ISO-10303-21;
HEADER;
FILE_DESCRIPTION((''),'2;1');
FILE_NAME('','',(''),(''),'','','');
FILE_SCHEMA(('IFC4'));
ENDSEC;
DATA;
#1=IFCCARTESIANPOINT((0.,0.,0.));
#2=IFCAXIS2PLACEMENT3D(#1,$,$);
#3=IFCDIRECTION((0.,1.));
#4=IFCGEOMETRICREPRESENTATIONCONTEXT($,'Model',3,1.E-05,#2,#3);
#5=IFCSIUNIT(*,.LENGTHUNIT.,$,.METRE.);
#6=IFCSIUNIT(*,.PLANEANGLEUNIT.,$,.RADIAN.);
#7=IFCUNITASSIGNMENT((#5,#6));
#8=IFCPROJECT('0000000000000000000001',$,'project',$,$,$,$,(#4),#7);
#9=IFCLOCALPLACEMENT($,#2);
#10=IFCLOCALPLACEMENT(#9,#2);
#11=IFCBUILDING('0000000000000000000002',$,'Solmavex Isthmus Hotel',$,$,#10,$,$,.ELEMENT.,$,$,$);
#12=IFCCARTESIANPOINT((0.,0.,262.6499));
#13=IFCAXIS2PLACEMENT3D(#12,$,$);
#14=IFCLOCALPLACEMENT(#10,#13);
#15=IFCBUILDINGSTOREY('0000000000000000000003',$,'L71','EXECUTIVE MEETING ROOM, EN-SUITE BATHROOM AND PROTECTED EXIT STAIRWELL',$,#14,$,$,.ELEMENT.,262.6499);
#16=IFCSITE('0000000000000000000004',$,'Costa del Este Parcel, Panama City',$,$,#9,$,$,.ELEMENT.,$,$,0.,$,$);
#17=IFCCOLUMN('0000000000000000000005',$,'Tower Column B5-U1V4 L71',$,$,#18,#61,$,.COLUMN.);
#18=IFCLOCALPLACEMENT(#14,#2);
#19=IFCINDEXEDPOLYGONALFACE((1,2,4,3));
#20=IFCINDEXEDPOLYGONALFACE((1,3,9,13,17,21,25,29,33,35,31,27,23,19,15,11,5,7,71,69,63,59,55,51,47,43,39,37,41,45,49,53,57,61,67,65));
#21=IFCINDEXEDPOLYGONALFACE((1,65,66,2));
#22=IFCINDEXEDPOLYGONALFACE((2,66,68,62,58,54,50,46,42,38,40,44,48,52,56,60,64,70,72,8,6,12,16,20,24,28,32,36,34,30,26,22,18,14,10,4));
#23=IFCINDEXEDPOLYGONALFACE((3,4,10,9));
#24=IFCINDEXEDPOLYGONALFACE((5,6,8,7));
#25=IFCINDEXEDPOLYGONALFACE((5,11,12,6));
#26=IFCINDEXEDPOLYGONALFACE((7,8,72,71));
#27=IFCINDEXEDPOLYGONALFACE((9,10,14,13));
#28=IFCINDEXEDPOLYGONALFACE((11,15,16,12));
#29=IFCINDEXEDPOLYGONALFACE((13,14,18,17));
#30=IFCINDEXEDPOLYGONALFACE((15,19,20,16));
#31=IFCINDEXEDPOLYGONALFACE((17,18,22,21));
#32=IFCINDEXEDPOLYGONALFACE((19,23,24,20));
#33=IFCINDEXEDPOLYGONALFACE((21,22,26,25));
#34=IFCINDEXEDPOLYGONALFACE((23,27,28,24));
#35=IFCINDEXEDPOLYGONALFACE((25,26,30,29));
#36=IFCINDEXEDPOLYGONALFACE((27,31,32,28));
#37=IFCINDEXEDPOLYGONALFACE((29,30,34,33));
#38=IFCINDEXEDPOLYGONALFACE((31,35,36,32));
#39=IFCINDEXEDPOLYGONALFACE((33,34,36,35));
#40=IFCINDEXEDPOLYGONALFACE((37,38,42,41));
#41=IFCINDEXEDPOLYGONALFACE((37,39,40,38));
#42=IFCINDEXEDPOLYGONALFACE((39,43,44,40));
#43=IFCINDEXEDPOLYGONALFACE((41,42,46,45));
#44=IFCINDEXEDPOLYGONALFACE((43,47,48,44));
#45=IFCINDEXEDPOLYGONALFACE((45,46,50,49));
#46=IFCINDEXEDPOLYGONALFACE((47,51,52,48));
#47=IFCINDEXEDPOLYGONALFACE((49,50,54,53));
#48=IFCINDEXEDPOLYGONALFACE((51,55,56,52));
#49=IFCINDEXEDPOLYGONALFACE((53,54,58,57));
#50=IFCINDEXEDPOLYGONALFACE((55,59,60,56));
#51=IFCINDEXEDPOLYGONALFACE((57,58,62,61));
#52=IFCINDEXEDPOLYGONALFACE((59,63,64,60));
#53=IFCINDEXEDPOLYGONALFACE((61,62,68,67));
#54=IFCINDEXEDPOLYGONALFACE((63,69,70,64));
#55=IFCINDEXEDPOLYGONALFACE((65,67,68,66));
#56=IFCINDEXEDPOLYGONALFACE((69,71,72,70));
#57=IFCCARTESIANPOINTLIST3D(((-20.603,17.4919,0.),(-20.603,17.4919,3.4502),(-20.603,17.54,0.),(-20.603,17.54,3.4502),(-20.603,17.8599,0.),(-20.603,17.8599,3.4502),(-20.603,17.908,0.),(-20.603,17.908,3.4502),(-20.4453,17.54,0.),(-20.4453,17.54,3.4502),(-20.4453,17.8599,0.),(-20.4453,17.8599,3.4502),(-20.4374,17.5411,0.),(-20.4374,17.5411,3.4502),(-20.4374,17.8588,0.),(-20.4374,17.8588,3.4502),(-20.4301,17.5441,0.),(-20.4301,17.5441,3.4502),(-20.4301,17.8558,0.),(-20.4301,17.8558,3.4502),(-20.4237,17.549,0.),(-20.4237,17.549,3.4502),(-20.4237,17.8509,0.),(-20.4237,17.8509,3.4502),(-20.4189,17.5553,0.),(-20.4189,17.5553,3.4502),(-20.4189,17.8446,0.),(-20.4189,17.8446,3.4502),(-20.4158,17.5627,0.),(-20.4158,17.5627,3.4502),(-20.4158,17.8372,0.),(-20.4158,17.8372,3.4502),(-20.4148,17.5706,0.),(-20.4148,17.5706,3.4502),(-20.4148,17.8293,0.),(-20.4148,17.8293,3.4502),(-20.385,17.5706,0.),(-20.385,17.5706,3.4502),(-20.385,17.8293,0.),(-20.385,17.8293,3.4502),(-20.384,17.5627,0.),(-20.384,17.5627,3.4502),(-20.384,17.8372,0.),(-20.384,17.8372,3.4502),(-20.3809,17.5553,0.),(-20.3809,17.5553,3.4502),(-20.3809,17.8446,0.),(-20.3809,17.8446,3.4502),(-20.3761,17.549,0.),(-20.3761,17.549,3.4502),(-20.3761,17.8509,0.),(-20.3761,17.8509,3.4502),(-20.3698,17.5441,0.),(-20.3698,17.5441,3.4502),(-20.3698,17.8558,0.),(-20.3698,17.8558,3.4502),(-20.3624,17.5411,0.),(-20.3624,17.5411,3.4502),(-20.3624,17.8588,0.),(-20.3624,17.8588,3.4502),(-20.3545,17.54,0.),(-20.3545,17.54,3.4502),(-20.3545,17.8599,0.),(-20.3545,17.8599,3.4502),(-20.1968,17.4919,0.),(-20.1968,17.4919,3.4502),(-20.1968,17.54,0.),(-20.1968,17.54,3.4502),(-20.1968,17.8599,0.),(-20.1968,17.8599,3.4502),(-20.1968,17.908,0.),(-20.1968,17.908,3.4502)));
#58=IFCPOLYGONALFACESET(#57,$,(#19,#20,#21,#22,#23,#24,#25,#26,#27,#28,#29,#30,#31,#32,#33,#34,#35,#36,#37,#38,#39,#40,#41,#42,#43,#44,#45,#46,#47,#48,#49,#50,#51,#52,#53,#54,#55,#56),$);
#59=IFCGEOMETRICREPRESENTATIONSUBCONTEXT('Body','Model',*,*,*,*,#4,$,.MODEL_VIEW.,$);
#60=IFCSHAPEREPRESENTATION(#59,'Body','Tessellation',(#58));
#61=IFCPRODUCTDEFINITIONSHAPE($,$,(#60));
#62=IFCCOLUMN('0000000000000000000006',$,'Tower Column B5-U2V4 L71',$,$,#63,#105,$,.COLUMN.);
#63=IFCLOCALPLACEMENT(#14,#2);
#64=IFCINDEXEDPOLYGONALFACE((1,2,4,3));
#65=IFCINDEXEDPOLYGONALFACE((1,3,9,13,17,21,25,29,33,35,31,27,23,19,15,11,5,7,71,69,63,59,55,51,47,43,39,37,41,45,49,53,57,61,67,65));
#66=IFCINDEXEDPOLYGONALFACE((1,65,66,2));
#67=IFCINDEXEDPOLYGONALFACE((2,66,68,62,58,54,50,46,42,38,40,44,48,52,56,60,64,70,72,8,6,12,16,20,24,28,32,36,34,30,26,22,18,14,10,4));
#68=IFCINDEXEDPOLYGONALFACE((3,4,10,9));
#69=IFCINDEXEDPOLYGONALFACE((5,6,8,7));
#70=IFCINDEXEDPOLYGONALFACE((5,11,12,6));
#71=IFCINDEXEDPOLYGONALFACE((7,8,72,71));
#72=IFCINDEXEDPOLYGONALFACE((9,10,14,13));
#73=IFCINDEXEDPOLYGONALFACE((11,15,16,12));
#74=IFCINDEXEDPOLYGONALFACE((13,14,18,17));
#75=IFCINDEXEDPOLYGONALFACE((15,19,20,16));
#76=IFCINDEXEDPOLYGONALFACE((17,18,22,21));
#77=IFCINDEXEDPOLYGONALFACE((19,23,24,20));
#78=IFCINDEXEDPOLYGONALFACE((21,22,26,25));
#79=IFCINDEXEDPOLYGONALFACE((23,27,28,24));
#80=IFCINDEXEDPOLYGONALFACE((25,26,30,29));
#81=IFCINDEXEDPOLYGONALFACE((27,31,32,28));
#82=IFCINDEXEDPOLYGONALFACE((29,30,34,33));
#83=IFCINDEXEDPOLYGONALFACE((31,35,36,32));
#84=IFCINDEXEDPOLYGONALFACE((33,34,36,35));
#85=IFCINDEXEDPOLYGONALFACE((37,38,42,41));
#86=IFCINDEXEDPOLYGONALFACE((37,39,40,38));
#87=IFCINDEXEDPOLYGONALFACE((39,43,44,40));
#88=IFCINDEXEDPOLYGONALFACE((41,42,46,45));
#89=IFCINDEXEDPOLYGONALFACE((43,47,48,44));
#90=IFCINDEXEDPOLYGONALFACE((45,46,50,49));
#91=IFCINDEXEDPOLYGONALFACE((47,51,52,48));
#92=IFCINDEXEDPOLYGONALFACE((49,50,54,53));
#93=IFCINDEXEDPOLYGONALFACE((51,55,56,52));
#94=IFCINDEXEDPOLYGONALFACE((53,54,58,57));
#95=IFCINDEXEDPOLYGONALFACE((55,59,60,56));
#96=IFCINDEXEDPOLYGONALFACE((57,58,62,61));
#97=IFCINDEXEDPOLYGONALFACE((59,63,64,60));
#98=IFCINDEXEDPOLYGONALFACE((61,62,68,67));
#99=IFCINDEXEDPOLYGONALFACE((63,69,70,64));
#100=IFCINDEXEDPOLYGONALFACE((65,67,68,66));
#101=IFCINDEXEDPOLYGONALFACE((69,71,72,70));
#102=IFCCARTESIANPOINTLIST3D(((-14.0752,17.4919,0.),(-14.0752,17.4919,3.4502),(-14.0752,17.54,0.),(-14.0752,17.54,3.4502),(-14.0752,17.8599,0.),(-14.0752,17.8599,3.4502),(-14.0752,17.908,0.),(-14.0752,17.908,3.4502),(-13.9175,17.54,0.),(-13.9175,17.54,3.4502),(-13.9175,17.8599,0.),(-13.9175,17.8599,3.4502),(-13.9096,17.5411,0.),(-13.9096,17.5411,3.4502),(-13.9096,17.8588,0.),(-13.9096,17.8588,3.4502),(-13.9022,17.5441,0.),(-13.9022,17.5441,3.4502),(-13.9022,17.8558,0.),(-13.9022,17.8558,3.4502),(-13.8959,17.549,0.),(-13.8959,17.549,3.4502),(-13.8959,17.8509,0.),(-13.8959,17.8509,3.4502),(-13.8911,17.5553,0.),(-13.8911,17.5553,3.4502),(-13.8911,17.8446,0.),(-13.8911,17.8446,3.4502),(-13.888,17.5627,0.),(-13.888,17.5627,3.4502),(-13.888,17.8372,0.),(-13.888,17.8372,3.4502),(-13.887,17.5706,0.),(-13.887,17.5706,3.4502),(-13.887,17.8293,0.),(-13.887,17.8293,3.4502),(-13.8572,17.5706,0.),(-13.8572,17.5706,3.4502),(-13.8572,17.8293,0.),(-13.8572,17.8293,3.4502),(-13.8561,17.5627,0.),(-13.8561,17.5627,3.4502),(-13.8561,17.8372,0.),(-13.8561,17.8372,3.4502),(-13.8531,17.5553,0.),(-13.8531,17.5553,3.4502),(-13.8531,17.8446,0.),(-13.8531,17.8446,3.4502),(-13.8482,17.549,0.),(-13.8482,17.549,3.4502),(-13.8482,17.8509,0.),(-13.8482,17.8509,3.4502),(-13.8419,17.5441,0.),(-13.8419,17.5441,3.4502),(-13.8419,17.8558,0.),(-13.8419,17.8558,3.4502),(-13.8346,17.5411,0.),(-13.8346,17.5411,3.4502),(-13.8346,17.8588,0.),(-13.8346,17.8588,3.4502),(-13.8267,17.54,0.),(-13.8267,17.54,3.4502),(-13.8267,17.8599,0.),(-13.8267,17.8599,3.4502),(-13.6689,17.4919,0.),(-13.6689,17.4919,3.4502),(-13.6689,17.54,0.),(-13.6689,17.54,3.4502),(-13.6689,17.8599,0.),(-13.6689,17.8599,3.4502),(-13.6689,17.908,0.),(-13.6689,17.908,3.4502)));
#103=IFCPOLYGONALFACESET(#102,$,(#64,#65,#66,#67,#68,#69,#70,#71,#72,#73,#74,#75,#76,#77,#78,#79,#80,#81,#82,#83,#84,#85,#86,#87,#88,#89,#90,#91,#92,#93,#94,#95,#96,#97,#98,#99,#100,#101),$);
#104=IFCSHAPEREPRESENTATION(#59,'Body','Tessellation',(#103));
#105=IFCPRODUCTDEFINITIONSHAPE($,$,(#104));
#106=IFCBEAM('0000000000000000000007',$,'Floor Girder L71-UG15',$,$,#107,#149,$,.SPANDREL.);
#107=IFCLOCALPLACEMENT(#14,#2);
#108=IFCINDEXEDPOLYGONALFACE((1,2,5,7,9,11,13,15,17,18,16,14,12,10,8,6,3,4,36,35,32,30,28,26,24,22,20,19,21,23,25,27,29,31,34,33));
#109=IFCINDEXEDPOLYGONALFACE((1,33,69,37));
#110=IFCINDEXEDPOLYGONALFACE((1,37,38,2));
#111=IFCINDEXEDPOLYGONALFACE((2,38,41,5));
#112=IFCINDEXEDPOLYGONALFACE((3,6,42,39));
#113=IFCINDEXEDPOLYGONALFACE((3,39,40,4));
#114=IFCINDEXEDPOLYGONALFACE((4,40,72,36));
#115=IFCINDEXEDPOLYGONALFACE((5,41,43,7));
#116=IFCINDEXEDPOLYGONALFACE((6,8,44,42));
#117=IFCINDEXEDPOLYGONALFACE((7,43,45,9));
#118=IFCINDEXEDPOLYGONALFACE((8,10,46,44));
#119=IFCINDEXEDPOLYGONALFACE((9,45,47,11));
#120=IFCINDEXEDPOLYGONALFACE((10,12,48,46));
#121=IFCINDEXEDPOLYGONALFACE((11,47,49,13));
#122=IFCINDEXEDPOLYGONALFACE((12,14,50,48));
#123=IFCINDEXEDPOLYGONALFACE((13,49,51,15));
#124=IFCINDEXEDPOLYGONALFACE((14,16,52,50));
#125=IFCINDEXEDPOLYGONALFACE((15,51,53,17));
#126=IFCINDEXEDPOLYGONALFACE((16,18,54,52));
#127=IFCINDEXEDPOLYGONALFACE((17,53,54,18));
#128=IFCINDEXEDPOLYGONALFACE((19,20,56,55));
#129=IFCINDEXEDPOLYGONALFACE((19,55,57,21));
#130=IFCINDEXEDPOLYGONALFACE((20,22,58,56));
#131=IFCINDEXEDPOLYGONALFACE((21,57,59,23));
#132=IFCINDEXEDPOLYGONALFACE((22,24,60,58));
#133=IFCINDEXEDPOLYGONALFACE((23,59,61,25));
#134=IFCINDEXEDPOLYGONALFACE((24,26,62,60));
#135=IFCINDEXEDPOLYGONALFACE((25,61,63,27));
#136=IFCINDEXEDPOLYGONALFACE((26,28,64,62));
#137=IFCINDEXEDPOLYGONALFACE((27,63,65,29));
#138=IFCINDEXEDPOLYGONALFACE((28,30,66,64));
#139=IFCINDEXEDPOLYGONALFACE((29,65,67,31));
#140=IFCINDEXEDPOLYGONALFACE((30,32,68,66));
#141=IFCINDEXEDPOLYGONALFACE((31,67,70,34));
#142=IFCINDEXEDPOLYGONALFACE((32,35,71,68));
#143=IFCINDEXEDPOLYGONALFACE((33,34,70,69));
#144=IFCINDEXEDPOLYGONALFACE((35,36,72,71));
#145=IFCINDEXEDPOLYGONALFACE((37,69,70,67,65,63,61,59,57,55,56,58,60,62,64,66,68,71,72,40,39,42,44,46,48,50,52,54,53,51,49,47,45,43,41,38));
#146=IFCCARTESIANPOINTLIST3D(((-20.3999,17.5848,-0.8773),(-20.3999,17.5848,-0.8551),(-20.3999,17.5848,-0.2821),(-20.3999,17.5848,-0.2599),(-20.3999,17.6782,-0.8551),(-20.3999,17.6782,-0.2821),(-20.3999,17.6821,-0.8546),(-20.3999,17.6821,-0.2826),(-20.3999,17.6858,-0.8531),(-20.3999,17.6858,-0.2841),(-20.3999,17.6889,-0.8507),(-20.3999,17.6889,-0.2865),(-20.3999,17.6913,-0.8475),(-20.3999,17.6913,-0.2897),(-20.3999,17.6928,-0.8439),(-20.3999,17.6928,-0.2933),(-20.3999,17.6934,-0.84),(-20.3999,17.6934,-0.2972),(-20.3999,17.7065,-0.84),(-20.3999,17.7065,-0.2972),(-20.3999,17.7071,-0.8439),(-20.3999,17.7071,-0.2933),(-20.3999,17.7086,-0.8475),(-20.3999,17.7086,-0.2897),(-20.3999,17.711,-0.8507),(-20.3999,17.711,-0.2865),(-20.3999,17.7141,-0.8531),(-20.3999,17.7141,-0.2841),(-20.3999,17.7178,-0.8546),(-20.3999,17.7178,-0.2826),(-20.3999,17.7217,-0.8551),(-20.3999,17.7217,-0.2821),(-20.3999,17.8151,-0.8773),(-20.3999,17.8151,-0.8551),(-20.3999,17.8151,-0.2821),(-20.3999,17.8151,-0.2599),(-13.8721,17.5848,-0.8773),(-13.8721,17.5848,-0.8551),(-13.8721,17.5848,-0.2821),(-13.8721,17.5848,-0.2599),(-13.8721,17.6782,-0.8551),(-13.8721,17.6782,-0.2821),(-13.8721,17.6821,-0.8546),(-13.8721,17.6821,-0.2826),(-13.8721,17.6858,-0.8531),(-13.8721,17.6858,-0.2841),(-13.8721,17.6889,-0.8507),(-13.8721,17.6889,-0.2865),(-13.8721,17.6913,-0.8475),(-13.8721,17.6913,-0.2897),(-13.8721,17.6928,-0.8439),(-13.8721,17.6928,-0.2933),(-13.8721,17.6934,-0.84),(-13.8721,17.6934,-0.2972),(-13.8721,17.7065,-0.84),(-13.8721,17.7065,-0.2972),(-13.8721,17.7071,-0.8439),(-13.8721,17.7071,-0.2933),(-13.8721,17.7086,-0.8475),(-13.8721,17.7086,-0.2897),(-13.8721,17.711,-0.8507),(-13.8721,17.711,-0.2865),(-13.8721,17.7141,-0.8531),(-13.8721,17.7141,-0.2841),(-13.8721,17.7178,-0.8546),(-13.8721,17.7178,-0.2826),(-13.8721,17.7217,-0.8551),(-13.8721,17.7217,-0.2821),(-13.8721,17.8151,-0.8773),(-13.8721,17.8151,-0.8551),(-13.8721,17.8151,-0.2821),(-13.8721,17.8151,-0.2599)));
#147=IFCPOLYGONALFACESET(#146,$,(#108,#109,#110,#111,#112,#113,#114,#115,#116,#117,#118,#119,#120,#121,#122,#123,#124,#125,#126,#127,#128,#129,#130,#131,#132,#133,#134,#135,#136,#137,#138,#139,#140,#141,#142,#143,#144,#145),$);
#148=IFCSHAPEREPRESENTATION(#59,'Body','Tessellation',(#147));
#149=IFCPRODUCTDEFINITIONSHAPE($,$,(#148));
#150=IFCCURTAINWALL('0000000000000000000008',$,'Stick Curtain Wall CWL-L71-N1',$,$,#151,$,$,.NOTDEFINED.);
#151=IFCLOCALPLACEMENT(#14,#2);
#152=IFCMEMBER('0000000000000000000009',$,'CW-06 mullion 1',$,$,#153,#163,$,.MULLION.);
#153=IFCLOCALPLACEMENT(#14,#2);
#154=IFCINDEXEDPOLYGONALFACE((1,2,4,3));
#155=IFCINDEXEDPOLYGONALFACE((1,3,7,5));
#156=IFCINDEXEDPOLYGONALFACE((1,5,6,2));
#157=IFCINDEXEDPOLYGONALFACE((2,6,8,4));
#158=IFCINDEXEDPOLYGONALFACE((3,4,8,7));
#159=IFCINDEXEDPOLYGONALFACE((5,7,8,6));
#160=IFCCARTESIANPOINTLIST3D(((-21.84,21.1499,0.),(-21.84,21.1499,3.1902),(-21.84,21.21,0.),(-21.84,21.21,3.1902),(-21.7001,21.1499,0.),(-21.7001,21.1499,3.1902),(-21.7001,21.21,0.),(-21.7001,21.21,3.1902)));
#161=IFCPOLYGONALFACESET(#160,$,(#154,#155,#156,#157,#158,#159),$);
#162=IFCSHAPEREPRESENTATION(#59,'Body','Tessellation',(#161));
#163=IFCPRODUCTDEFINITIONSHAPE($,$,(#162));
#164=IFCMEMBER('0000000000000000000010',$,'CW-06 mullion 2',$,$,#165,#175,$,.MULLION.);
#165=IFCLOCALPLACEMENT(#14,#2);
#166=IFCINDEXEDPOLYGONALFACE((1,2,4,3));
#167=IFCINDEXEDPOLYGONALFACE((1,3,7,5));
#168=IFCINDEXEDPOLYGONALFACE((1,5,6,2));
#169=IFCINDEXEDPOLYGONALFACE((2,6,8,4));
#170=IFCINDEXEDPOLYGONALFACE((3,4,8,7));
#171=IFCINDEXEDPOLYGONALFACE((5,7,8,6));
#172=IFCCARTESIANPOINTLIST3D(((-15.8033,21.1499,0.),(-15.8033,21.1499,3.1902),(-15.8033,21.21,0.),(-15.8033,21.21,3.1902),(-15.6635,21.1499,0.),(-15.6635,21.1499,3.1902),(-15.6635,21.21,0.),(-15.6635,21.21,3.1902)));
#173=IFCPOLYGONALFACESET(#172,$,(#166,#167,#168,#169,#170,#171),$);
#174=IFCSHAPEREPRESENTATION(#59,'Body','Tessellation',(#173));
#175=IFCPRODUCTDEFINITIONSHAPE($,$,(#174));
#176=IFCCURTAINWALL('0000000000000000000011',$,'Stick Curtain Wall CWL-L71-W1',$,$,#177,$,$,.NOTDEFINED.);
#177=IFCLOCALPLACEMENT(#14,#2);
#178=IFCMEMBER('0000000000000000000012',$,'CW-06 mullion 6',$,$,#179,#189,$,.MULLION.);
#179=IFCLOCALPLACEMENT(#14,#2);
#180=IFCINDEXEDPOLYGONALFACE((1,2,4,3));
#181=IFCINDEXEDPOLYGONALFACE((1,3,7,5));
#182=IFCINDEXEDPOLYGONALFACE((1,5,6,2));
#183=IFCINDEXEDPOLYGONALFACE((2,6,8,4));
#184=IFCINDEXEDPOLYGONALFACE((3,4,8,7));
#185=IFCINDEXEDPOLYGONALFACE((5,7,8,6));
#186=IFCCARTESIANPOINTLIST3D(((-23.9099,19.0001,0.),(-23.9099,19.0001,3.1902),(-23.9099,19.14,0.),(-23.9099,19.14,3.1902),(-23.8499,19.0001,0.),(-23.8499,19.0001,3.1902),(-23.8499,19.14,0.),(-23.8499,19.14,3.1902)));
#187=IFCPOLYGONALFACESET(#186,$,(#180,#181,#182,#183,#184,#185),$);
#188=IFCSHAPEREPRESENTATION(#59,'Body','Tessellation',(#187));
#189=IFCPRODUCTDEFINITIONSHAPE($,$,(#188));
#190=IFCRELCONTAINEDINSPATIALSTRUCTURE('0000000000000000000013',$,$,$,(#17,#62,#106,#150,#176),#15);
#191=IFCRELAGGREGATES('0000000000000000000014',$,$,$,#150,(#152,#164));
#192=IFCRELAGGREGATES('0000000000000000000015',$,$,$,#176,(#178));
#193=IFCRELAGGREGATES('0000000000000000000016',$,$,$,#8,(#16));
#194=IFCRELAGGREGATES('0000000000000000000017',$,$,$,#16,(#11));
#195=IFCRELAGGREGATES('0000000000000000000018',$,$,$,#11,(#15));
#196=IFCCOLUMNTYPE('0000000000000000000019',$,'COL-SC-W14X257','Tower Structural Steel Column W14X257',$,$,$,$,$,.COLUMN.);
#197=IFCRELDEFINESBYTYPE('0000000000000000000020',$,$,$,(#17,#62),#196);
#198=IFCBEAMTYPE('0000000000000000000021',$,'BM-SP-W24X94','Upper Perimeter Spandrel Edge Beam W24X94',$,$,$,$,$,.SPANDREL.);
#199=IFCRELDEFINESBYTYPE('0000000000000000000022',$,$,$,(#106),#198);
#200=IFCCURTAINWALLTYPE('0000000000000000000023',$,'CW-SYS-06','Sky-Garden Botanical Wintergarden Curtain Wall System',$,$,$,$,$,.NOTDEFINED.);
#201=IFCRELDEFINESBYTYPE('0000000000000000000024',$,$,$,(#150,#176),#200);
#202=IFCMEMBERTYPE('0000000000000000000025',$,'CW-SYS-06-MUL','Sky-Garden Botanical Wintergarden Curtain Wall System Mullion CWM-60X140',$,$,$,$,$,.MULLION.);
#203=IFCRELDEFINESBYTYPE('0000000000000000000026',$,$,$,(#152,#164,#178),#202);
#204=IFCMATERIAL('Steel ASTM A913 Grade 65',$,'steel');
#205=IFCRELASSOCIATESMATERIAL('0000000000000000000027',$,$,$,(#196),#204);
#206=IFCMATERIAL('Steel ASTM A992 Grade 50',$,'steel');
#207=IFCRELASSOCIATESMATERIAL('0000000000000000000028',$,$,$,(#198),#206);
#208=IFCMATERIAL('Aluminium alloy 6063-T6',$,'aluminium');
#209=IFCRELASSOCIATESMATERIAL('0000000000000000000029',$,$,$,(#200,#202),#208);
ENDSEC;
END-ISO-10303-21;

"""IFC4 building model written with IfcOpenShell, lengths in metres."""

from ifc_helpers import new_model, si_unit, direction, frame, origin, origin_2d, place, context, subcontext, project, spatial, rectangle, i_section, extrude, material, material_profile, profile_set, type_object, element, aggregate, save


model = new_model("IFC4")

# Units and contexts
model_context = context("Model", 3, precision=1e-05, world=origin(), true_north=direction((0.0, 1.0)))
body_context = subcontext(model_context, "Body", "Model", "MODEL_VIEW")
ifc_project = project(units=[si_unit("LENGTHUNIT", "METRE"), si_unit("PLANEANGLEUNIT", "RADIAN")], contexts=[model_context])

# Site, building, storey
site_placement = place(None, origin())
site = spatial("IfcSite", under=ifc_project, at=site_placement, Name="Costa del Este Parcel, Panama City", CompositionType="ELEMENT", RefElevation=0.0)
building_placement = place(site_placement, origin())
building = spatial("IfcBuilding", under=site, at=building_placement, Name="Solmavex Isthmus Hotel", CompositionType="ELEMENT")
storey_placement = place(building_placement, frame((0.0, 0.0, 262.6499)))
storey = spatial("IfcBuildingStorey", under=building, at=storey_placement, Name="L71", Description="EXECUTIVE MEETING ROOM, EN-SUITE BATHROOM AND PROTECTED EXIT STAIRWELL", CompositionType="ELEMENT", Elevation=262.6499)

# Columns
ifc_material_1 = material(Name="Steel ASTM A913 Grade 65", Category="steel")
ifc_material_profile_1 = material_profile(ifc_material_1, i_section(OverallWidth=0.4062, OverallDepth=0.416, WebThickness=0.0298, FlangeThickness=0.0481, FilletRadius=0.0305, at=origin_2d()), Name="W14X257")
ifc_profile_set_1 = profile_set([ifc_material_profile_1], Name="Steel ASTM A913 Grade 65")
column_type = type_object("IfcColumnType", Name="COL-SC-W14X257", Description="Tower Structural Steel Column W14X257", PredefinedType="COLUMN", material=ifc_profile_set_1)
for number, where, z_axis, x_axis, name in (
    (1, (-20.3999, 17.7, 0.0), (0.0, 0.0, 1.0), (1.0, 0.0, 0.0), "Tower Column B5-U1V4 L71"),
    (2, (-13.8721, 17.7, 0.0), (0.0, 0.0, 1.0), (1.0, 0.0, 0.0), "Tower Column B5-U2V4 L71"),
):
    element("IfcColumn", number, at=place(storey_placement, frame(where, z_axis=z_axis, x_axis=x_axis)), inside=storey, type_object=column_type, Name=name, PredefinedType="COLUMN", context=body_context, shape_type="SweptSolid", body=[
        extrude(i_section(OverallWidth=0.4062, OverallDepth=0.416, WebThickness=0.0298, FlangeThickness=0.0481, FilletRadius=0.0305, at=origin_2d()), origin(), (0.0, 0.0, 1.0), 3.4502),
    ])

# Beam
ifc_material_2 = material(Name="Steel ASTM A992 Grade 50", Category="steel")
ifc_material_profile_2 = material_profile(ifc_material_2, i_section(OverallWidth=0.2302, OverallDepth=0.6174, WebThickness=0.0132, FlangeThickness=0.0222, FilletRadius=0.0151, at=origin_2d()), Name="W24X94")
ifc_profile_set_2 = profile_set([ifc_material_profile_2], Name="Steel ASTM A992 Grade 50")
beam_type = type_object("IfcBeamType", Name="BM-SP-W24X94", Description="Upper Perimeter Spandrel Edge Beam W24X94", PredefinedType="SPANDREL", material=ifc_profile_set_2)
beam_placement = place(storey_placement, frame((-20.3999, 17.7, -0.5686), z_axis=(1.0, 0.0, 0.0), x_axis=(0.0, 1.0, 0.0)))
element("IfcBeam", 3, at=beam_placement, inside=storey, type_object=beam_type, Name="Floor Girder L71-UG15", PredefinedType="SPANDREL", context=body_context, shape_type="SweptSolid", body=[
    extrude(i_section(OverallWidth=0.2302, OverallDepth=0.6174, WebThickness=0.0132, FlangeThickness=0.0222, FilletRadius=0.0151, at=origin_2d()), origin(), (0.0, 0.0, 1.0), 6.5278),
])

# Curtain wall, members
ifc_material_3 = material(Name="Aluminium alloy 6063-T6", Category="aluminium")
curtain_wall_type = type_object("IfcCurtainWallType", Name="CW-SYS-06", Description="Sky-Garden Botanical Wintergarden Curtain Wall System", PredefinedType="NOTDEFINED", material=ifc_material_3)
curtain_wall_1_placement = place(storey_placement, origin())
curtain_wall_1 = element("IfcCurtainWall", 4, at=curtain_wall_1_placement, inside=storey, type_object=curtain_wall_type, Name="Stick Curtain Wall CWL-L71-N1", PredefinedType="NOTDEFINED")
ifc_material_profile_3 = material_profile(ifc_material_3, rectangle(XDim=0.0601, YDim=0.1399, at=origin_2d()), Name="CWM-60X140")
ifc_profile_set_3 = profile_set([ifc_material_profile_3], Name="Aluminium alloy 6063-T6")
member_type_1 = type_object("IfcMemberType", Name="CW-SYS-06-MUL", Description="Sky-Garden Botanical Wintergarden Curtain Wall System Mullion CWM-60X140", PredefinedType="MULLION", material=ifc_profile_set_3)
member_1_placement = place(storey_placement, frame((-21.77, 21.1799, 0.0), z_axis=(0.0, 0.0, 1.0), x_axis=(0.0, 1.0, 0.0)))
member_1 = element("IfcMember", 5, at=member_1_placement, type_object=member_type_1, Name="CW-06 mullion 1", PredefinedType="MULLION", context=body_context, shape_type="SweptSolid", body=[
    extrude(rectangle(XDim=0.0601, YDim=0.1399, at=origin_2d()), origin(), (0.0, 0.0, 1.0), 3.1902),
])
member_2_placement = place(storey_placement, frame((-15.7334, 21.1799, 0.0), z_axis=(0.0, 0.0, 1.0), x_axis=(0.0, 1.0, 0.0)))
member_2 = element("IfcMember", 6, at=member_2_placement, type_object=member_type_1, Name="CW-06 mullion 2", PredefinedType="MULLION", context=body_context, shape_type="SweptSolid", body=[
    extrude(rectangle(XDim=0.0601, YDim=0.1399, at=origin_2d()), origin(), (0.0, 0.0, 1.0), 3.1902),
])

# Curtain wall, member
curtain_wall_2_placement = place(storey_placement, origin())
curtain_wall_2 = element("IfcCurtainWall", 7, at=curtain_wall_2_placement, inside=storey, type_object=curtain_wall_type, Name="Stick Curtain Wall CWL-L71-W1", PredefinedType="NOTDEFINED")
member_3_placement = place(storey_placement, frame((-23.8799, 19.0701, 0.0), z_axis=(0.0, 0.0, 1.0), x_axis=(-1.0, 0.0, 0.0)))
member_3 = element("IfcMember", 8, at=member_3_placement, type_object=member_type_1, Name="CW-06 mullion 6", PredefinedType="MULLION", context=body_context, shape_type="SweptSolid", body=[
    extrude(rectangle(XDim=0.0601, YDim=0.1399, at=origin_2d()), origin(), (0.0, 0.0, 1.0), 3.1902),
])

aggregate(curtain_wall_1, [member_1, member_2])
aggregate(curtain_wall_2, [member_3])

save(model, "model.ifc")
